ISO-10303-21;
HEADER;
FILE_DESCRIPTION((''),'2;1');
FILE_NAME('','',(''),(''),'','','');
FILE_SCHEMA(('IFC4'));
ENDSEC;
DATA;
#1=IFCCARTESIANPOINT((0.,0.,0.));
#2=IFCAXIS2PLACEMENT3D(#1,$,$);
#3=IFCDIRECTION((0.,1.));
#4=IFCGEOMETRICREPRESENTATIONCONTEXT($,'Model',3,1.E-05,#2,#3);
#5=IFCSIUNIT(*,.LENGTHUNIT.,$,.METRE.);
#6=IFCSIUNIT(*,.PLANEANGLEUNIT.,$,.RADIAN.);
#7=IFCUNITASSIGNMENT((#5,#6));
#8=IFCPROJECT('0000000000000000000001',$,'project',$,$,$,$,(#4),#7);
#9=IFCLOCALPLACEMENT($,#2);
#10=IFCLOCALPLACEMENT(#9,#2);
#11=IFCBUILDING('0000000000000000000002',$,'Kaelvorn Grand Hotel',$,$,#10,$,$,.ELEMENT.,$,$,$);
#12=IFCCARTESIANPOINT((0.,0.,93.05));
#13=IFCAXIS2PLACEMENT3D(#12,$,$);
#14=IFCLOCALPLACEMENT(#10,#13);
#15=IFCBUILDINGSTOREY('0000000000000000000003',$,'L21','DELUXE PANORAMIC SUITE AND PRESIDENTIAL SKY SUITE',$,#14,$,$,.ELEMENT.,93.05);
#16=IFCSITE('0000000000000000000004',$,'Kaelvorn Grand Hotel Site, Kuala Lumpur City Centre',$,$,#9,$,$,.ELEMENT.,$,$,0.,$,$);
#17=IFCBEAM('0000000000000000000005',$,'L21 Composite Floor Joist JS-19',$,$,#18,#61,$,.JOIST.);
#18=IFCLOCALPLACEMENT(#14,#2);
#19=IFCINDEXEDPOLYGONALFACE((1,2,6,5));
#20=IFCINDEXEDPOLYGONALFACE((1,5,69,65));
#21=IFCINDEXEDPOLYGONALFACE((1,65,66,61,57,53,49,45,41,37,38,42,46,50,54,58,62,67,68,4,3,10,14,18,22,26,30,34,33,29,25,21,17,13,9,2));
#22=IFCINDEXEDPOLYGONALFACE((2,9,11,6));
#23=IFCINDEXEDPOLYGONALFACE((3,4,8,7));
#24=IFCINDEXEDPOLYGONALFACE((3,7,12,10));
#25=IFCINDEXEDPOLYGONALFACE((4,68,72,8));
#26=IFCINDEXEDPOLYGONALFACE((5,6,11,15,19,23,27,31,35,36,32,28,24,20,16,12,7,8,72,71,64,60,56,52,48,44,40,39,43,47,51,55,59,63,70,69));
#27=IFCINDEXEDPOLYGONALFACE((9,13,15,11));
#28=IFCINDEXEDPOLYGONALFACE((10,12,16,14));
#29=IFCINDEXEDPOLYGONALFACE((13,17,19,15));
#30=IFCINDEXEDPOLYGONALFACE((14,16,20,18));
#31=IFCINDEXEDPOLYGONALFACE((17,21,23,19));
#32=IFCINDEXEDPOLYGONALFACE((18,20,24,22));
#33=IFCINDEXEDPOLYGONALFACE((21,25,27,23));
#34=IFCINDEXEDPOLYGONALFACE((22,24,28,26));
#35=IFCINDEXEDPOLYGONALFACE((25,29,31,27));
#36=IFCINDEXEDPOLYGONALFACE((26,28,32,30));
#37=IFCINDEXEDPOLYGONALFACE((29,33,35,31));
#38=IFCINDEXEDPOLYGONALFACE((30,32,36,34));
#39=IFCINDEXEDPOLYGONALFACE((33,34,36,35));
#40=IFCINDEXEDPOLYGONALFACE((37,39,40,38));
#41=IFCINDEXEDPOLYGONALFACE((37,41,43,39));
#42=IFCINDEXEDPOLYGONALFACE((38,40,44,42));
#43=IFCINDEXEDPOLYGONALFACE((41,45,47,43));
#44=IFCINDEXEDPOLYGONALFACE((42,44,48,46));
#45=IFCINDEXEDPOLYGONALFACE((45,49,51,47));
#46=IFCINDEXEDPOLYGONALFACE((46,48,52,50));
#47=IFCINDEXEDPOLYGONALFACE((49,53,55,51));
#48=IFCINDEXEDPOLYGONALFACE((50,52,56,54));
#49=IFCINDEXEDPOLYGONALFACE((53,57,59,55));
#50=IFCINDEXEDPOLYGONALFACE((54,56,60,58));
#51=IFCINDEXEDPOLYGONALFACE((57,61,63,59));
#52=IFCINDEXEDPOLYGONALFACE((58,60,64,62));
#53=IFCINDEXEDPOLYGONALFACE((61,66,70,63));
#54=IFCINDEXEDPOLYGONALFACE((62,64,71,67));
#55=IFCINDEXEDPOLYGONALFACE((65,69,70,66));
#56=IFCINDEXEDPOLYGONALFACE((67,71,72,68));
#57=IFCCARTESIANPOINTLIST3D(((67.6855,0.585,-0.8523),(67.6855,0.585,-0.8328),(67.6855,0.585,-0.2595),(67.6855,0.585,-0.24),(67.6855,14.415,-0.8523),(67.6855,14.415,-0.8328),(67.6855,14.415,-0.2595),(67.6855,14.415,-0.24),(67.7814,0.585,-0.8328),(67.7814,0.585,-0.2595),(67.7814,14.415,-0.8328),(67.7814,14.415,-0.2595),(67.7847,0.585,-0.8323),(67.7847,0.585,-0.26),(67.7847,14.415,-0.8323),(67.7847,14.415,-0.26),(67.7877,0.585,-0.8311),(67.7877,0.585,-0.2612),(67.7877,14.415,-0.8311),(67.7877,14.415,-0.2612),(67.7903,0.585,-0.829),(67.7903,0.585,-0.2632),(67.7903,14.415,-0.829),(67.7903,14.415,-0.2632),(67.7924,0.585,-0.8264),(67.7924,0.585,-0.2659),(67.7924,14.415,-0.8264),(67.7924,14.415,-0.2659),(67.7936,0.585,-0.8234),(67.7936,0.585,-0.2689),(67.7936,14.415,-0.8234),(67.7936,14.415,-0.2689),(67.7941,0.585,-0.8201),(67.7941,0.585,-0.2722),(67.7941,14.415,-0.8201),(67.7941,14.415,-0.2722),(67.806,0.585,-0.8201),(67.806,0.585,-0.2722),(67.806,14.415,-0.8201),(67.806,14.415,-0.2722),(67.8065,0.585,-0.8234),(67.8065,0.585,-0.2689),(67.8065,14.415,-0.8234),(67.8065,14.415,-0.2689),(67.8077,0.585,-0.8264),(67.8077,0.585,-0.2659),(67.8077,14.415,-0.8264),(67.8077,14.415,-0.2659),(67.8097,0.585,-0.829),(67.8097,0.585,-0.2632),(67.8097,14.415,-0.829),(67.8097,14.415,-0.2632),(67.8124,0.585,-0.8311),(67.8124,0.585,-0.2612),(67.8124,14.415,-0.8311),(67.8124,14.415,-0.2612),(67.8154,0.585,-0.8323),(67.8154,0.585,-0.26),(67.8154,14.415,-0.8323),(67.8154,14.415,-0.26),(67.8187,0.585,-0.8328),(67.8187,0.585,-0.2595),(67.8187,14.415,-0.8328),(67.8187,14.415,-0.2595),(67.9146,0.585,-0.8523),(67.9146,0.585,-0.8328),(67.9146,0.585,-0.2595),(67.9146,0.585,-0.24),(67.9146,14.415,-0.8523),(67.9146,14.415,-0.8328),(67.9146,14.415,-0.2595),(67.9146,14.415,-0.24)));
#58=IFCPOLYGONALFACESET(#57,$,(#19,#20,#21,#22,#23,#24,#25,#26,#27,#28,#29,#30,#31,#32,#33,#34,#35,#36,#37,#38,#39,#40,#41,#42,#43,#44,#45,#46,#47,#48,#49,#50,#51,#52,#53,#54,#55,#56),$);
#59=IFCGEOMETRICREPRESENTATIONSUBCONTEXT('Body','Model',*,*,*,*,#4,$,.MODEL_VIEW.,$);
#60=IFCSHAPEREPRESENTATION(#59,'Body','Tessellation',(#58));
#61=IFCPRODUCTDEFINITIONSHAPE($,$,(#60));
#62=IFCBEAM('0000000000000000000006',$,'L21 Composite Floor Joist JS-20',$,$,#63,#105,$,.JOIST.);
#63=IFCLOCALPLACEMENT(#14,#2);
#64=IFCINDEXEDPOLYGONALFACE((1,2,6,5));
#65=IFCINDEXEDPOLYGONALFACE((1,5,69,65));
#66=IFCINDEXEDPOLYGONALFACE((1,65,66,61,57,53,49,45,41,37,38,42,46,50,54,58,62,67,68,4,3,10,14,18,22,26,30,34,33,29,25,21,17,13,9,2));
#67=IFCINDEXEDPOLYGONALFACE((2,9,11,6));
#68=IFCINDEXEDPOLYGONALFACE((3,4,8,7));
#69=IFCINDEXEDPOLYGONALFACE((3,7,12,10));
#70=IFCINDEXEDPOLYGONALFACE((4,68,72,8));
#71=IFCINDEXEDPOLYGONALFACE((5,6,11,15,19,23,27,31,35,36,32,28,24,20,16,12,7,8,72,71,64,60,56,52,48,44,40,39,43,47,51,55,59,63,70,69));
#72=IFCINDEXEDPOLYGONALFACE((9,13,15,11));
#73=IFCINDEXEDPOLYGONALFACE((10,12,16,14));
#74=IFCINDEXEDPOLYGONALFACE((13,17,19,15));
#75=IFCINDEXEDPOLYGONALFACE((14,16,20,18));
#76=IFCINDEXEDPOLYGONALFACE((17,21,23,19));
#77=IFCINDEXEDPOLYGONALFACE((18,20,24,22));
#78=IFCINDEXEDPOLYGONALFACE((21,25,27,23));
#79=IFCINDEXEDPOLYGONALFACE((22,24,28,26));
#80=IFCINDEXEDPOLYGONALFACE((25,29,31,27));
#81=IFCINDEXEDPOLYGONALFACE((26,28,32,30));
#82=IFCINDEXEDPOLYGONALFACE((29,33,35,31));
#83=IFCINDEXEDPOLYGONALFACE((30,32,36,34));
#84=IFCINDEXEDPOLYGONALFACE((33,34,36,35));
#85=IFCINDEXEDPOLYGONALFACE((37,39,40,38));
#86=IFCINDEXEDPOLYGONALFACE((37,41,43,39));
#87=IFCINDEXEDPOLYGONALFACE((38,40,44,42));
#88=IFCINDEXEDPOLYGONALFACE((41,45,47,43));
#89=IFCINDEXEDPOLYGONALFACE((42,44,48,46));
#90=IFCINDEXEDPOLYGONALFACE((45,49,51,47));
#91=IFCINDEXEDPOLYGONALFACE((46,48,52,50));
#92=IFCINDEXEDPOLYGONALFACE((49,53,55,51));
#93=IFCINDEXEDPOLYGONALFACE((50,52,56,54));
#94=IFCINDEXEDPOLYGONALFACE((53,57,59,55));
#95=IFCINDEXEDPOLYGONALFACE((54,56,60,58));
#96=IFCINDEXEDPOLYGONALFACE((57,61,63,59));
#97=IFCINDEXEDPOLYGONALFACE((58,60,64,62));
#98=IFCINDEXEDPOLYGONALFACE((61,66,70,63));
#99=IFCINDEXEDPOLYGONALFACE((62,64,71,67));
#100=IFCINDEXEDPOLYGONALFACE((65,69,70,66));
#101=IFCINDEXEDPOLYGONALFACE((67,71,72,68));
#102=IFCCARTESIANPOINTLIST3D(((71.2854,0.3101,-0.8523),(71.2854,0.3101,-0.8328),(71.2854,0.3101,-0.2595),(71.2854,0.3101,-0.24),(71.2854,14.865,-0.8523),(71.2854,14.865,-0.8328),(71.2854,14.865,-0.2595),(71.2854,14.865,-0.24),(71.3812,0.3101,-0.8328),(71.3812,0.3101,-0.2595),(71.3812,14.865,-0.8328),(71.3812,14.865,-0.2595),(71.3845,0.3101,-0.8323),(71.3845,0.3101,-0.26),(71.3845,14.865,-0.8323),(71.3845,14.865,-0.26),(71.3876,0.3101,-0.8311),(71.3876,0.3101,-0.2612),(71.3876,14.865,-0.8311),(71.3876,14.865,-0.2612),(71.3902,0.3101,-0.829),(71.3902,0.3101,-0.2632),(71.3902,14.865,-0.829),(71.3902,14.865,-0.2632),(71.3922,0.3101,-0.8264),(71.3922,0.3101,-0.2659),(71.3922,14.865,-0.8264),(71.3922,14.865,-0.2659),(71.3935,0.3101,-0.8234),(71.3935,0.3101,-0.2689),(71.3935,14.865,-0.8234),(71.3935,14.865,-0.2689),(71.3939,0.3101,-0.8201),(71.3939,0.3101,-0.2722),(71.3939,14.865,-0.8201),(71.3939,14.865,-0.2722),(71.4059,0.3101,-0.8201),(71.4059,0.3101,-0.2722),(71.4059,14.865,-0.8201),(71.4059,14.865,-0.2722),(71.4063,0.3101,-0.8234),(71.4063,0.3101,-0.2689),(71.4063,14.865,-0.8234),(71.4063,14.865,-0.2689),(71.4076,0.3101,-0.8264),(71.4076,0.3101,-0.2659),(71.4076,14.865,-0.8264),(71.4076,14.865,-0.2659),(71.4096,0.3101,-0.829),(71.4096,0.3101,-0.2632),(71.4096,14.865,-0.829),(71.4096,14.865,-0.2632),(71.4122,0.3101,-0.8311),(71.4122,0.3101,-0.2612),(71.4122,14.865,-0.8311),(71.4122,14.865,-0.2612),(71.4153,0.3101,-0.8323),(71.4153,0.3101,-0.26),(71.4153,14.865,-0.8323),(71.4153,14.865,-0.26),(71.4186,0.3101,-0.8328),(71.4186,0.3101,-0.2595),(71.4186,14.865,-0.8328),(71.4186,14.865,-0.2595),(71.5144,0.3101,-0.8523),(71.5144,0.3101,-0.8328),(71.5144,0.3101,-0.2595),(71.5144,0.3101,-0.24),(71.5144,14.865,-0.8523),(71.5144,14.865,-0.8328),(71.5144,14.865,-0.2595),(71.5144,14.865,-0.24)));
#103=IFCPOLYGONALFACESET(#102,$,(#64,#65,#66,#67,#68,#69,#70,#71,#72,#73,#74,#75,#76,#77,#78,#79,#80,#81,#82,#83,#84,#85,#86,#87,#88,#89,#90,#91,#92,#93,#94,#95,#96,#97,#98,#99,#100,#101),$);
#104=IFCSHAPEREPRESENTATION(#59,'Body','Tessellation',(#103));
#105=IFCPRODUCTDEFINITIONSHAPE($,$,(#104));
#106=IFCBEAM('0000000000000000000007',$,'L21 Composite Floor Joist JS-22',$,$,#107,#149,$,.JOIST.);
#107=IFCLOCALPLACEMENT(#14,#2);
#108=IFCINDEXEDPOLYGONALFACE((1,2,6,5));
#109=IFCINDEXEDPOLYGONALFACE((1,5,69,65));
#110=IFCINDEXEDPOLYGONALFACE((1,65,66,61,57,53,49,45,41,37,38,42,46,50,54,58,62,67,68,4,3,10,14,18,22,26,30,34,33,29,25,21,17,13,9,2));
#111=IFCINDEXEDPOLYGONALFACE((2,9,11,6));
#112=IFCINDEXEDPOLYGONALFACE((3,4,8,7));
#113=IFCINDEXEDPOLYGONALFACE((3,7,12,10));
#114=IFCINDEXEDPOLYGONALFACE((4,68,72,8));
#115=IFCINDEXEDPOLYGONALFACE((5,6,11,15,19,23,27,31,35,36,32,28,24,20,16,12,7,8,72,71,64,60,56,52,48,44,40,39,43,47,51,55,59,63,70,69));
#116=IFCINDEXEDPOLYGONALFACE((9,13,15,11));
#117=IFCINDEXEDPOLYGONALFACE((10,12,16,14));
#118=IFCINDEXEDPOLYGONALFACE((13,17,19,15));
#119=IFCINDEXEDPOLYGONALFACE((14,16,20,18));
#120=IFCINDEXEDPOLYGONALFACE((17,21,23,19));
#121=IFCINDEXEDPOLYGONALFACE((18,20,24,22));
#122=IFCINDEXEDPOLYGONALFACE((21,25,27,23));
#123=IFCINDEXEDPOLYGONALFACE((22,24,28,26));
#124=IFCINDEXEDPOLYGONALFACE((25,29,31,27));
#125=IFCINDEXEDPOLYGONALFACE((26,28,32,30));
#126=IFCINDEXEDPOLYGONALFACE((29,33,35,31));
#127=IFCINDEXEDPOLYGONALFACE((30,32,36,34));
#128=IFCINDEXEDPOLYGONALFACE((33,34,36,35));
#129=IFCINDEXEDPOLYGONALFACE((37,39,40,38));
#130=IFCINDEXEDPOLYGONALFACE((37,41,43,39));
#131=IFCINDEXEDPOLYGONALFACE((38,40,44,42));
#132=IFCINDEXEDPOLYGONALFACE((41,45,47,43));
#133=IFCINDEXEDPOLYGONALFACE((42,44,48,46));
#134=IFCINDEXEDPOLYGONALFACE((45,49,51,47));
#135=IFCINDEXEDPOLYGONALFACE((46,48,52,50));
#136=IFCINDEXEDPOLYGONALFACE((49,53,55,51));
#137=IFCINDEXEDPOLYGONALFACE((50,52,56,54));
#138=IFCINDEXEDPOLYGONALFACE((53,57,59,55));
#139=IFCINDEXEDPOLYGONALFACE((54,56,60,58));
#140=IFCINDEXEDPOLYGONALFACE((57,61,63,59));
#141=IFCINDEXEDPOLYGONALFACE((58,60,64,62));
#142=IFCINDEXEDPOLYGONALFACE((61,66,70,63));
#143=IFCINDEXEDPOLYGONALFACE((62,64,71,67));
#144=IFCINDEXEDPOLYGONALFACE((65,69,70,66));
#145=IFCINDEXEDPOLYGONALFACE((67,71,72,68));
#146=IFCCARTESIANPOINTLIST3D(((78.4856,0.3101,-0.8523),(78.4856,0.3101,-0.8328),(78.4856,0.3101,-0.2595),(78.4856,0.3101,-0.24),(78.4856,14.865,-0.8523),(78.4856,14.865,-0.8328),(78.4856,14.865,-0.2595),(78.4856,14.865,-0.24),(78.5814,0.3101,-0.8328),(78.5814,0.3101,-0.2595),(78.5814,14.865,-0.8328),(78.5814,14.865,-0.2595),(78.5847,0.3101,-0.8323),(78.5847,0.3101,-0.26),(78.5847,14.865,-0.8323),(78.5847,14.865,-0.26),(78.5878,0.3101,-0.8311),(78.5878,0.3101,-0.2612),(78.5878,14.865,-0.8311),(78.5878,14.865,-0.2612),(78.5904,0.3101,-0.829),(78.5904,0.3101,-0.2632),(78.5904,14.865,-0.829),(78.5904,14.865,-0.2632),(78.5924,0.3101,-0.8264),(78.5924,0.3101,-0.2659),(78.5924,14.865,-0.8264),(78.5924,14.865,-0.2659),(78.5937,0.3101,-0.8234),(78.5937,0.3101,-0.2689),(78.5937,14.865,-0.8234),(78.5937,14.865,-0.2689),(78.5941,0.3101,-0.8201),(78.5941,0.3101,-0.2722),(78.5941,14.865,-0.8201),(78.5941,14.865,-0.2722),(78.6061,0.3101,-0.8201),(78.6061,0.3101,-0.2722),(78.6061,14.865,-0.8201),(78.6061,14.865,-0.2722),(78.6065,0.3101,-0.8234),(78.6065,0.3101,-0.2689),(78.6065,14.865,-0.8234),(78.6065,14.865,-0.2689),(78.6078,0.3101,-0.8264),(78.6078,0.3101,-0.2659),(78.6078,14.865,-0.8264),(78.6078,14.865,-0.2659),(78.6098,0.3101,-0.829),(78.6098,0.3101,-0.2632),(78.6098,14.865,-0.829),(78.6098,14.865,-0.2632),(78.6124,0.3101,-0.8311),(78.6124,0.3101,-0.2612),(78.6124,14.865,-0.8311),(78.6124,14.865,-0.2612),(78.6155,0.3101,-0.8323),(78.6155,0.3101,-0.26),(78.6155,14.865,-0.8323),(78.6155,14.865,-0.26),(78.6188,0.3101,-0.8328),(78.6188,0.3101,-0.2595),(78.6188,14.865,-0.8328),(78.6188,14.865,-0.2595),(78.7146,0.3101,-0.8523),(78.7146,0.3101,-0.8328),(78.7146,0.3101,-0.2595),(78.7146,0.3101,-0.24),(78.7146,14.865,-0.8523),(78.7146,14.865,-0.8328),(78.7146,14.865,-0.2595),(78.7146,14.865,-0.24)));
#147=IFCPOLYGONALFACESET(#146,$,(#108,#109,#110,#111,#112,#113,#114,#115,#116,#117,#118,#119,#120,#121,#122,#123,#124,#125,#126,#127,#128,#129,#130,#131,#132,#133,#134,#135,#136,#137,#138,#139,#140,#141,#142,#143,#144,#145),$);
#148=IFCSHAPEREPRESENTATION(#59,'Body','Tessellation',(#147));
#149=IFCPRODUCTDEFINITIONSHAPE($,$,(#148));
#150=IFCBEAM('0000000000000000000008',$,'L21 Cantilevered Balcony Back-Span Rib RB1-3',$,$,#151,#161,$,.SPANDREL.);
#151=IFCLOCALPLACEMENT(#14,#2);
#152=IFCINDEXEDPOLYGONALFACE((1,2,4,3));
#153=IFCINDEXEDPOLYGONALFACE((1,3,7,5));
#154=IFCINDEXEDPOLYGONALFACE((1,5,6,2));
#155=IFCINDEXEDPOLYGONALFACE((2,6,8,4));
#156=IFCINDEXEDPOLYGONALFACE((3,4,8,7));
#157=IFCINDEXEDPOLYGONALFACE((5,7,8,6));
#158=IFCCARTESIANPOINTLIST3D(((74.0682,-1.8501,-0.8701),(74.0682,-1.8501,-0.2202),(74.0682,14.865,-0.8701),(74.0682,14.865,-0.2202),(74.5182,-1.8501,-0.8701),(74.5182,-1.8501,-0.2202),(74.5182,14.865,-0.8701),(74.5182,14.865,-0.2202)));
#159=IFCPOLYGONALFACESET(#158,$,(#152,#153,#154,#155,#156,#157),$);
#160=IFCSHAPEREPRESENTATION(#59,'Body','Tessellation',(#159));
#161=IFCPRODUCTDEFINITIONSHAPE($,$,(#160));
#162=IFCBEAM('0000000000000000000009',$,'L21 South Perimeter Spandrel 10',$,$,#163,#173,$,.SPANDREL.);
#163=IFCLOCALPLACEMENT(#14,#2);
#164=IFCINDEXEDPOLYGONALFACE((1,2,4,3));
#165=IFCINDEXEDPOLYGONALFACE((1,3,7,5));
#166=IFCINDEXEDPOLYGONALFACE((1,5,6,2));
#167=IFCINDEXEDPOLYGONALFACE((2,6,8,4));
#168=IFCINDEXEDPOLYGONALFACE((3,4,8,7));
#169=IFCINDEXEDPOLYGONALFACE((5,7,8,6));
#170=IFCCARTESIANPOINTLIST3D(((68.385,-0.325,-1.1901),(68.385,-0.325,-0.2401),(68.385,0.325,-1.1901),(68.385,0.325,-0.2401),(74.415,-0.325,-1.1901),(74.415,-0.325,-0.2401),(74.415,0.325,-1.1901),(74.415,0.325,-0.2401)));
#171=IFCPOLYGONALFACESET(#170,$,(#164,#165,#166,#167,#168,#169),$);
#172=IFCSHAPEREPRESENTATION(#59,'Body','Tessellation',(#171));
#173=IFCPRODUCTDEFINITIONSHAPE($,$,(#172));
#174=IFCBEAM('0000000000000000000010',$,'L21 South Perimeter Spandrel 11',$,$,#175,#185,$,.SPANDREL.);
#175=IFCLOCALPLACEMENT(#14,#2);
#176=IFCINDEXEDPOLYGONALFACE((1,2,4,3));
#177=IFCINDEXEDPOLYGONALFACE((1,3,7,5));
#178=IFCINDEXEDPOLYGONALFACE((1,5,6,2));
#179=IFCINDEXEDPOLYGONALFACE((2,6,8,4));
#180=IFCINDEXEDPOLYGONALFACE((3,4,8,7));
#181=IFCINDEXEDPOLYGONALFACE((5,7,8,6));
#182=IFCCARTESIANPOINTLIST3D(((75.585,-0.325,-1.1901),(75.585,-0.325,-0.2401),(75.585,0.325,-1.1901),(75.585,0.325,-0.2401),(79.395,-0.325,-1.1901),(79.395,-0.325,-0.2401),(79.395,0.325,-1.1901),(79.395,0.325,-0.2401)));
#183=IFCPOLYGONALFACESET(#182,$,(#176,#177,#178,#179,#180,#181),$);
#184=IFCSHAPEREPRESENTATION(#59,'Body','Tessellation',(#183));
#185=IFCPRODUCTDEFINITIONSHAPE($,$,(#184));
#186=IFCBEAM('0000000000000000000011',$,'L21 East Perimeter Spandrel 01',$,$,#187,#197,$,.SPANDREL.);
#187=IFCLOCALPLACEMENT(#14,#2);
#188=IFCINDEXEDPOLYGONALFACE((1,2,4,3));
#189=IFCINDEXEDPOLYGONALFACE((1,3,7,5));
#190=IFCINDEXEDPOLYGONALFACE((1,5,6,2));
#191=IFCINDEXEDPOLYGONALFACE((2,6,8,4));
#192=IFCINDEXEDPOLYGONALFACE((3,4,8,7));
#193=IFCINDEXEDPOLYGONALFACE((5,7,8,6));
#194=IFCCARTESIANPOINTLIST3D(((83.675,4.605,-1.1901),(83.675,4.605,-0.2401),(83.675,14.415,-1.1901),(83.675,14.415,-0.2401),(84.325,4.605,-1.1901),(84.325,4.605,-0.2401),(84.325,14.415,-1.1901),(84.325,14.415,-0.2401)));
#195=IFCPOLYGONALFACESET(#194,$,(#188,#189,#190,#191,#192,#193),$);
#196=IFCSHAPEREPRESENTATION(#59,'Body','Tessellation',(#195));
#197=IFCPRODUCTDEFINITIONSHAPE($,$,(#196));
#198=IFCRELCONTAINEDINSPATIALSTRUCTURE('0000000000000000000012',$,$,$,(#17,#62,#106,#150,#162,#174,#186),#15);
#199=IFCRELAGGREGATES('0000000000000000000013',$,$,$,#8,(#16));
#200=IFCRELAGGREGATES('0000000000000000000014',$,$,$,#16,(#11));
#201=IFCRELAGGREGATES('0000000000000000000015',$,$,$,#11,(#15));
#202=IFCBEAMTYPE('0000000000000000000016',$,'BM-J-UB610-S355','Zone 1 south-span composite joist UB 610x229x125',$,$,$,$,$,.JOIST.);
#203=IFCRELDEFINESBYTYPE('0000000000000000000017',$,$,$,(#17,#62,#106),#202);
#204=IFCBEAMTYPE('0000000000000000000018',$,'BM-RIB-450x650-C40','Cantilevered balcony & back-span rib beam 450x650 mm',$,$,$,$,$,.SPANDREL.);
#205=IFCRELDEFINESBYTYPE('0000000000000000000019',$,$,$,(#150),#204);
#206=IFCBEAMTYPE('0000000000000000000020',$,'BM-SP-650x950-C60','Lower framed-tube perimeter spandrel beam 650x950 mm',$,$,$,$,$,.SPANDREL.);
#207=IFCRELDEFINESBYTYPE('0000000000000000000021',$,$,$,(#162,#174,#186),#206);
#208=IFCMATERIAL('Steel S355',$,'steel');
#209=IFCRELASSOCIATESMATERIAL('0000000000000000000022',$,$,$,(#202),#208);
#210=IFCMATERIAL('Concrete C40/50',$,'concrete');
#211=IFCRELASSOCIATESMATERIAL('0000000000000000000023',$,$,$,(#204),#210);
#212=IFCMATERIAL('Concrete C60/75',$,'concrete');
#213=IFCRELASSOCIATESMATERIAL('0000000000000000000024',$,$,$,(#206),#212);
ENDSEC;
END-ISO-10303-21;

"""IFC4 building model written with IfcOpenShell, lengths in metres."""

from ifc_helpers import new_model, si_unit, direction, frame, origin, origin_2d, place, context, subcontext, project, spatial, rectangle, i_section, extrude, material, material_profile, profile_set, type_object, element, save


model = new_model("IFC4")

# Units and contexts
model_context = context("Model", 3, precision=1e-05, world=origin(), true_north=direction((0.0, 1.0)))
body_context = subcontext(model_context, "Body", "Model", "MODEL_VIEW")
ifc_project = project(units=[si_unit("LENGTHUNIT", "METRE"), si_unit("PLANEANGLEUNIT", "RADIAN")], contexts=[model_context])

# Site, building, storey
site_placement = place(None, origin())
site = spatial("IfcSite", under=ifc_project, at=site_placement, Name="Kaelvorn Grand Hotel Site, Kuala Lumpur City Centre", CompositionType="ELEMENT", RefElevation=0.0)
building_placement = place(site_placement, origin())
building = spatial("IfcBuilding", under=site, at=building_placement, Name="Kaelvorn Grand Hotel", CompositionType="ELEMENT")
storey_placement = place(building_placement, frame((0.0, 0.0, 93.05)))
storey = spatial("IfcBuildingStorey", under=building, at=storey_placement, Name="L21", Description="DELUXE PANORAMIC SUITE AND PRESIDENTIAL SKY SUITE", CompositionType="ELEMENT", Elevation=93.05)

# Shared definitions
ifc_material_1 = material(Name="Concrete C60/75", Category="concrete")

# Beams
ifc_material_2 = material(Name="Steel S355", Category="steel")
ifc_material_profile_1 = material_profile(ifc_material_2, i_section(OverallWidth=0.229, OverallDepth=0.6123, WebThickness=0.012, FlangeThickness=0.0195, FilletRadius=0.0127, at=origin_2d()), Name="UB 610x229x125")
ifc_profile_set_1 = profile_set([ifc_material_profile_1], Name="Steel S355")
beam_type_1 = type_object("IfcBeamType", Name="BM-J-UB610-S355", Description="Zone 1 south-span composite joist UB 610x229x125", PredefinedType="JOIST", material=ifc_profile_set_1)
beam_1_placement = place(storey_placement, frame((67.8, 0.585, -0.5461), z_axis=(0.0, 1.0, 0.0), x_axis=(-1.0, 0.0, 0.0)))
element("IfcBeam", 1, at=beam_1_placement, inside=storey, type_object=beam_type_1, Name="L21 Composite Floor Joist JS-19", PredefinedType="JOIST", context=body_context, shape_type="SweptSolid", body=[
    extrude(i_section(OverallWidth=0.229, OverallDepth=0.6123, WebThickness=0.012, FlangeThickness=0.0195, FilletRadius=0.0127, at=origin_2d()), origin(), (0.0, 0.0, 1.0), 13.8301),
])
for number, where, z_axis, x_axis, name in (
    (2, (71.3999, 0.3101, -0.5461), (0.0, 1.0, 0.0), (-1.0, 0.0, 0.0), "L21 Composite Floor Joist JS-20"),
    (3, (78.6001, 0.3101, -0.5461), (0.0, 1.0, 0.0), (-1.0, 0.0, 0.0), "L21 Composite Floor Joist JS-22"),
):
    element("IfcBeam", number, at=place(storey_placement, frame(where, z_axis=z_axis, x_axis=x_axis)), inside=storey, type_object=beam_type_1, Name=name, PredefinedType="JOIST", context=body_context, shape_type="SweptSolid", body=[
        extrude(i_section(OverallWidth=0.229, OverallDepth=0.6123, WebThickness=0.012, FlangeThickness=0.0195, FilletRadius=0.0127, at=origin_2d()), origin(), (0.0, 0.0, 1.0), 14.5549),
    ])
ifc_material_3 = material(Name="Concrete C40/50", Category="concrete")
ifc_material_profile_2 = material_profile(ifc_material_3, rectangle(XDim=0.45, YDim=0.6499, at=origin_2d()), Name="RC RIB 450x650")
ifc_profile_set_2 = profile_set([ifc_material_profile_2], Name="Concrete C40/50")
beam_type_2 = type_object("IfcBeamType", Name="BM-RIB-450x650-C40", Description="Cantilevered balcony & back-span rib beam 450x650 mm", PredefinedType="SPANDREL", material=ifc_profile_set_2)
beam_2_placement = place(storey_placement, frame((74.2932, -1.8501, -0.5452), z_axis=(0.0, 1.0, 0.0), x_axis=(-1.0, 0.0, 0.0)))
element("IfcBeam", 4, at=beam_2_placement, inside=storey, type_object=beam_type_2, Name="L21 Cantilevered Balcony Back-Span Rib RB1-3", PredefinedType="SPANDREL", context=body_context, shape_type="SweptSolid", body=[
    extrude(rectangle(XDim=0.45, YDim=0.6499, at=origin_2d()), origin(), (0.0, 0.0, 1.0), 16.7151),
])
ifc_material_profile_3 = material_profile(ifc_material_1, rectangle(XDim=0.6499, YDim=0.95, at=origin_2d()), Name="RC SPANDREL 650x950")
ifc_profile_set_3 = profile_set([ifc_material_profile_3], Name="Concrete C60/75")
beam_type_3 = type_object("IfcBeamType", Name="BM-SP-650x950-C60", Description="Lower framed-tube perimeter spandrel beam 650x950 mm", PredefinedType="SPANDREL", material=ifc_profile_set_3)
beam_3_placement = place(storey_placement, frame((68.385, 0.0, -0.7151), z_axis=(1.0, 0.0, 0.0), x_axis=(0.0, 1.0, 0.0)))
element("IfcBeam", 5, at=beam_3_placement, inside=storey, type_object=beam_type_3, Name="L21 South Perimeter Spandrel 10", PredefinedType="SPANDREL", context=body_context, shape_type="SweptSolid", body=[
    extrude(rectangle(XDim=0.6499, YDim=0.95, at=origin_2d()), origin(), (0.0, 0.0, 1.0), 6.03),
])
beam_4_placement = place(storey_placement, frame((75.585, 0.0, -0.7151), z_axis=(1.0, 0.0, 0.0), x_axis=(0.0, 1.0, 0.0)))
element("IfcBeam", 6, at=beam_4_placement, inside=storey, type_object=beam_type_3, Name="L21 South Perimeter Spandrel 11", PredefinedType="SPANDREL", context=body_context, shape_type="SweptSolid", body=[
    extrude(rectangle(XDim=0.6499, YDim=0.95, at=origin_2d()), origin(), (0.0, 0.0, 1.0), 3.8101),
])
beam_5_placement = place(storey_placement, frame((84.0, 4.605, -0.7151), z_axis=(0.0, 1.0, 0.0), x_axis=(-1.0, 0.0, 0.0)))
element("IfcBeam", 7, at=beam_5_placement, inside=storey, type_object=beam_type_3, Name="L21 East Perimeter Spandrel 01", PredefinedType="SPANDREL", context=body_context, shape_type="SweptSolid", body=[
    extrude(rectangle(XDim=0.6499, YDim=0.95, at=origin_2d()), origin(), (0.0, 0.0, 1.0), 9.8101),
])

save(model, "model.ifc")
